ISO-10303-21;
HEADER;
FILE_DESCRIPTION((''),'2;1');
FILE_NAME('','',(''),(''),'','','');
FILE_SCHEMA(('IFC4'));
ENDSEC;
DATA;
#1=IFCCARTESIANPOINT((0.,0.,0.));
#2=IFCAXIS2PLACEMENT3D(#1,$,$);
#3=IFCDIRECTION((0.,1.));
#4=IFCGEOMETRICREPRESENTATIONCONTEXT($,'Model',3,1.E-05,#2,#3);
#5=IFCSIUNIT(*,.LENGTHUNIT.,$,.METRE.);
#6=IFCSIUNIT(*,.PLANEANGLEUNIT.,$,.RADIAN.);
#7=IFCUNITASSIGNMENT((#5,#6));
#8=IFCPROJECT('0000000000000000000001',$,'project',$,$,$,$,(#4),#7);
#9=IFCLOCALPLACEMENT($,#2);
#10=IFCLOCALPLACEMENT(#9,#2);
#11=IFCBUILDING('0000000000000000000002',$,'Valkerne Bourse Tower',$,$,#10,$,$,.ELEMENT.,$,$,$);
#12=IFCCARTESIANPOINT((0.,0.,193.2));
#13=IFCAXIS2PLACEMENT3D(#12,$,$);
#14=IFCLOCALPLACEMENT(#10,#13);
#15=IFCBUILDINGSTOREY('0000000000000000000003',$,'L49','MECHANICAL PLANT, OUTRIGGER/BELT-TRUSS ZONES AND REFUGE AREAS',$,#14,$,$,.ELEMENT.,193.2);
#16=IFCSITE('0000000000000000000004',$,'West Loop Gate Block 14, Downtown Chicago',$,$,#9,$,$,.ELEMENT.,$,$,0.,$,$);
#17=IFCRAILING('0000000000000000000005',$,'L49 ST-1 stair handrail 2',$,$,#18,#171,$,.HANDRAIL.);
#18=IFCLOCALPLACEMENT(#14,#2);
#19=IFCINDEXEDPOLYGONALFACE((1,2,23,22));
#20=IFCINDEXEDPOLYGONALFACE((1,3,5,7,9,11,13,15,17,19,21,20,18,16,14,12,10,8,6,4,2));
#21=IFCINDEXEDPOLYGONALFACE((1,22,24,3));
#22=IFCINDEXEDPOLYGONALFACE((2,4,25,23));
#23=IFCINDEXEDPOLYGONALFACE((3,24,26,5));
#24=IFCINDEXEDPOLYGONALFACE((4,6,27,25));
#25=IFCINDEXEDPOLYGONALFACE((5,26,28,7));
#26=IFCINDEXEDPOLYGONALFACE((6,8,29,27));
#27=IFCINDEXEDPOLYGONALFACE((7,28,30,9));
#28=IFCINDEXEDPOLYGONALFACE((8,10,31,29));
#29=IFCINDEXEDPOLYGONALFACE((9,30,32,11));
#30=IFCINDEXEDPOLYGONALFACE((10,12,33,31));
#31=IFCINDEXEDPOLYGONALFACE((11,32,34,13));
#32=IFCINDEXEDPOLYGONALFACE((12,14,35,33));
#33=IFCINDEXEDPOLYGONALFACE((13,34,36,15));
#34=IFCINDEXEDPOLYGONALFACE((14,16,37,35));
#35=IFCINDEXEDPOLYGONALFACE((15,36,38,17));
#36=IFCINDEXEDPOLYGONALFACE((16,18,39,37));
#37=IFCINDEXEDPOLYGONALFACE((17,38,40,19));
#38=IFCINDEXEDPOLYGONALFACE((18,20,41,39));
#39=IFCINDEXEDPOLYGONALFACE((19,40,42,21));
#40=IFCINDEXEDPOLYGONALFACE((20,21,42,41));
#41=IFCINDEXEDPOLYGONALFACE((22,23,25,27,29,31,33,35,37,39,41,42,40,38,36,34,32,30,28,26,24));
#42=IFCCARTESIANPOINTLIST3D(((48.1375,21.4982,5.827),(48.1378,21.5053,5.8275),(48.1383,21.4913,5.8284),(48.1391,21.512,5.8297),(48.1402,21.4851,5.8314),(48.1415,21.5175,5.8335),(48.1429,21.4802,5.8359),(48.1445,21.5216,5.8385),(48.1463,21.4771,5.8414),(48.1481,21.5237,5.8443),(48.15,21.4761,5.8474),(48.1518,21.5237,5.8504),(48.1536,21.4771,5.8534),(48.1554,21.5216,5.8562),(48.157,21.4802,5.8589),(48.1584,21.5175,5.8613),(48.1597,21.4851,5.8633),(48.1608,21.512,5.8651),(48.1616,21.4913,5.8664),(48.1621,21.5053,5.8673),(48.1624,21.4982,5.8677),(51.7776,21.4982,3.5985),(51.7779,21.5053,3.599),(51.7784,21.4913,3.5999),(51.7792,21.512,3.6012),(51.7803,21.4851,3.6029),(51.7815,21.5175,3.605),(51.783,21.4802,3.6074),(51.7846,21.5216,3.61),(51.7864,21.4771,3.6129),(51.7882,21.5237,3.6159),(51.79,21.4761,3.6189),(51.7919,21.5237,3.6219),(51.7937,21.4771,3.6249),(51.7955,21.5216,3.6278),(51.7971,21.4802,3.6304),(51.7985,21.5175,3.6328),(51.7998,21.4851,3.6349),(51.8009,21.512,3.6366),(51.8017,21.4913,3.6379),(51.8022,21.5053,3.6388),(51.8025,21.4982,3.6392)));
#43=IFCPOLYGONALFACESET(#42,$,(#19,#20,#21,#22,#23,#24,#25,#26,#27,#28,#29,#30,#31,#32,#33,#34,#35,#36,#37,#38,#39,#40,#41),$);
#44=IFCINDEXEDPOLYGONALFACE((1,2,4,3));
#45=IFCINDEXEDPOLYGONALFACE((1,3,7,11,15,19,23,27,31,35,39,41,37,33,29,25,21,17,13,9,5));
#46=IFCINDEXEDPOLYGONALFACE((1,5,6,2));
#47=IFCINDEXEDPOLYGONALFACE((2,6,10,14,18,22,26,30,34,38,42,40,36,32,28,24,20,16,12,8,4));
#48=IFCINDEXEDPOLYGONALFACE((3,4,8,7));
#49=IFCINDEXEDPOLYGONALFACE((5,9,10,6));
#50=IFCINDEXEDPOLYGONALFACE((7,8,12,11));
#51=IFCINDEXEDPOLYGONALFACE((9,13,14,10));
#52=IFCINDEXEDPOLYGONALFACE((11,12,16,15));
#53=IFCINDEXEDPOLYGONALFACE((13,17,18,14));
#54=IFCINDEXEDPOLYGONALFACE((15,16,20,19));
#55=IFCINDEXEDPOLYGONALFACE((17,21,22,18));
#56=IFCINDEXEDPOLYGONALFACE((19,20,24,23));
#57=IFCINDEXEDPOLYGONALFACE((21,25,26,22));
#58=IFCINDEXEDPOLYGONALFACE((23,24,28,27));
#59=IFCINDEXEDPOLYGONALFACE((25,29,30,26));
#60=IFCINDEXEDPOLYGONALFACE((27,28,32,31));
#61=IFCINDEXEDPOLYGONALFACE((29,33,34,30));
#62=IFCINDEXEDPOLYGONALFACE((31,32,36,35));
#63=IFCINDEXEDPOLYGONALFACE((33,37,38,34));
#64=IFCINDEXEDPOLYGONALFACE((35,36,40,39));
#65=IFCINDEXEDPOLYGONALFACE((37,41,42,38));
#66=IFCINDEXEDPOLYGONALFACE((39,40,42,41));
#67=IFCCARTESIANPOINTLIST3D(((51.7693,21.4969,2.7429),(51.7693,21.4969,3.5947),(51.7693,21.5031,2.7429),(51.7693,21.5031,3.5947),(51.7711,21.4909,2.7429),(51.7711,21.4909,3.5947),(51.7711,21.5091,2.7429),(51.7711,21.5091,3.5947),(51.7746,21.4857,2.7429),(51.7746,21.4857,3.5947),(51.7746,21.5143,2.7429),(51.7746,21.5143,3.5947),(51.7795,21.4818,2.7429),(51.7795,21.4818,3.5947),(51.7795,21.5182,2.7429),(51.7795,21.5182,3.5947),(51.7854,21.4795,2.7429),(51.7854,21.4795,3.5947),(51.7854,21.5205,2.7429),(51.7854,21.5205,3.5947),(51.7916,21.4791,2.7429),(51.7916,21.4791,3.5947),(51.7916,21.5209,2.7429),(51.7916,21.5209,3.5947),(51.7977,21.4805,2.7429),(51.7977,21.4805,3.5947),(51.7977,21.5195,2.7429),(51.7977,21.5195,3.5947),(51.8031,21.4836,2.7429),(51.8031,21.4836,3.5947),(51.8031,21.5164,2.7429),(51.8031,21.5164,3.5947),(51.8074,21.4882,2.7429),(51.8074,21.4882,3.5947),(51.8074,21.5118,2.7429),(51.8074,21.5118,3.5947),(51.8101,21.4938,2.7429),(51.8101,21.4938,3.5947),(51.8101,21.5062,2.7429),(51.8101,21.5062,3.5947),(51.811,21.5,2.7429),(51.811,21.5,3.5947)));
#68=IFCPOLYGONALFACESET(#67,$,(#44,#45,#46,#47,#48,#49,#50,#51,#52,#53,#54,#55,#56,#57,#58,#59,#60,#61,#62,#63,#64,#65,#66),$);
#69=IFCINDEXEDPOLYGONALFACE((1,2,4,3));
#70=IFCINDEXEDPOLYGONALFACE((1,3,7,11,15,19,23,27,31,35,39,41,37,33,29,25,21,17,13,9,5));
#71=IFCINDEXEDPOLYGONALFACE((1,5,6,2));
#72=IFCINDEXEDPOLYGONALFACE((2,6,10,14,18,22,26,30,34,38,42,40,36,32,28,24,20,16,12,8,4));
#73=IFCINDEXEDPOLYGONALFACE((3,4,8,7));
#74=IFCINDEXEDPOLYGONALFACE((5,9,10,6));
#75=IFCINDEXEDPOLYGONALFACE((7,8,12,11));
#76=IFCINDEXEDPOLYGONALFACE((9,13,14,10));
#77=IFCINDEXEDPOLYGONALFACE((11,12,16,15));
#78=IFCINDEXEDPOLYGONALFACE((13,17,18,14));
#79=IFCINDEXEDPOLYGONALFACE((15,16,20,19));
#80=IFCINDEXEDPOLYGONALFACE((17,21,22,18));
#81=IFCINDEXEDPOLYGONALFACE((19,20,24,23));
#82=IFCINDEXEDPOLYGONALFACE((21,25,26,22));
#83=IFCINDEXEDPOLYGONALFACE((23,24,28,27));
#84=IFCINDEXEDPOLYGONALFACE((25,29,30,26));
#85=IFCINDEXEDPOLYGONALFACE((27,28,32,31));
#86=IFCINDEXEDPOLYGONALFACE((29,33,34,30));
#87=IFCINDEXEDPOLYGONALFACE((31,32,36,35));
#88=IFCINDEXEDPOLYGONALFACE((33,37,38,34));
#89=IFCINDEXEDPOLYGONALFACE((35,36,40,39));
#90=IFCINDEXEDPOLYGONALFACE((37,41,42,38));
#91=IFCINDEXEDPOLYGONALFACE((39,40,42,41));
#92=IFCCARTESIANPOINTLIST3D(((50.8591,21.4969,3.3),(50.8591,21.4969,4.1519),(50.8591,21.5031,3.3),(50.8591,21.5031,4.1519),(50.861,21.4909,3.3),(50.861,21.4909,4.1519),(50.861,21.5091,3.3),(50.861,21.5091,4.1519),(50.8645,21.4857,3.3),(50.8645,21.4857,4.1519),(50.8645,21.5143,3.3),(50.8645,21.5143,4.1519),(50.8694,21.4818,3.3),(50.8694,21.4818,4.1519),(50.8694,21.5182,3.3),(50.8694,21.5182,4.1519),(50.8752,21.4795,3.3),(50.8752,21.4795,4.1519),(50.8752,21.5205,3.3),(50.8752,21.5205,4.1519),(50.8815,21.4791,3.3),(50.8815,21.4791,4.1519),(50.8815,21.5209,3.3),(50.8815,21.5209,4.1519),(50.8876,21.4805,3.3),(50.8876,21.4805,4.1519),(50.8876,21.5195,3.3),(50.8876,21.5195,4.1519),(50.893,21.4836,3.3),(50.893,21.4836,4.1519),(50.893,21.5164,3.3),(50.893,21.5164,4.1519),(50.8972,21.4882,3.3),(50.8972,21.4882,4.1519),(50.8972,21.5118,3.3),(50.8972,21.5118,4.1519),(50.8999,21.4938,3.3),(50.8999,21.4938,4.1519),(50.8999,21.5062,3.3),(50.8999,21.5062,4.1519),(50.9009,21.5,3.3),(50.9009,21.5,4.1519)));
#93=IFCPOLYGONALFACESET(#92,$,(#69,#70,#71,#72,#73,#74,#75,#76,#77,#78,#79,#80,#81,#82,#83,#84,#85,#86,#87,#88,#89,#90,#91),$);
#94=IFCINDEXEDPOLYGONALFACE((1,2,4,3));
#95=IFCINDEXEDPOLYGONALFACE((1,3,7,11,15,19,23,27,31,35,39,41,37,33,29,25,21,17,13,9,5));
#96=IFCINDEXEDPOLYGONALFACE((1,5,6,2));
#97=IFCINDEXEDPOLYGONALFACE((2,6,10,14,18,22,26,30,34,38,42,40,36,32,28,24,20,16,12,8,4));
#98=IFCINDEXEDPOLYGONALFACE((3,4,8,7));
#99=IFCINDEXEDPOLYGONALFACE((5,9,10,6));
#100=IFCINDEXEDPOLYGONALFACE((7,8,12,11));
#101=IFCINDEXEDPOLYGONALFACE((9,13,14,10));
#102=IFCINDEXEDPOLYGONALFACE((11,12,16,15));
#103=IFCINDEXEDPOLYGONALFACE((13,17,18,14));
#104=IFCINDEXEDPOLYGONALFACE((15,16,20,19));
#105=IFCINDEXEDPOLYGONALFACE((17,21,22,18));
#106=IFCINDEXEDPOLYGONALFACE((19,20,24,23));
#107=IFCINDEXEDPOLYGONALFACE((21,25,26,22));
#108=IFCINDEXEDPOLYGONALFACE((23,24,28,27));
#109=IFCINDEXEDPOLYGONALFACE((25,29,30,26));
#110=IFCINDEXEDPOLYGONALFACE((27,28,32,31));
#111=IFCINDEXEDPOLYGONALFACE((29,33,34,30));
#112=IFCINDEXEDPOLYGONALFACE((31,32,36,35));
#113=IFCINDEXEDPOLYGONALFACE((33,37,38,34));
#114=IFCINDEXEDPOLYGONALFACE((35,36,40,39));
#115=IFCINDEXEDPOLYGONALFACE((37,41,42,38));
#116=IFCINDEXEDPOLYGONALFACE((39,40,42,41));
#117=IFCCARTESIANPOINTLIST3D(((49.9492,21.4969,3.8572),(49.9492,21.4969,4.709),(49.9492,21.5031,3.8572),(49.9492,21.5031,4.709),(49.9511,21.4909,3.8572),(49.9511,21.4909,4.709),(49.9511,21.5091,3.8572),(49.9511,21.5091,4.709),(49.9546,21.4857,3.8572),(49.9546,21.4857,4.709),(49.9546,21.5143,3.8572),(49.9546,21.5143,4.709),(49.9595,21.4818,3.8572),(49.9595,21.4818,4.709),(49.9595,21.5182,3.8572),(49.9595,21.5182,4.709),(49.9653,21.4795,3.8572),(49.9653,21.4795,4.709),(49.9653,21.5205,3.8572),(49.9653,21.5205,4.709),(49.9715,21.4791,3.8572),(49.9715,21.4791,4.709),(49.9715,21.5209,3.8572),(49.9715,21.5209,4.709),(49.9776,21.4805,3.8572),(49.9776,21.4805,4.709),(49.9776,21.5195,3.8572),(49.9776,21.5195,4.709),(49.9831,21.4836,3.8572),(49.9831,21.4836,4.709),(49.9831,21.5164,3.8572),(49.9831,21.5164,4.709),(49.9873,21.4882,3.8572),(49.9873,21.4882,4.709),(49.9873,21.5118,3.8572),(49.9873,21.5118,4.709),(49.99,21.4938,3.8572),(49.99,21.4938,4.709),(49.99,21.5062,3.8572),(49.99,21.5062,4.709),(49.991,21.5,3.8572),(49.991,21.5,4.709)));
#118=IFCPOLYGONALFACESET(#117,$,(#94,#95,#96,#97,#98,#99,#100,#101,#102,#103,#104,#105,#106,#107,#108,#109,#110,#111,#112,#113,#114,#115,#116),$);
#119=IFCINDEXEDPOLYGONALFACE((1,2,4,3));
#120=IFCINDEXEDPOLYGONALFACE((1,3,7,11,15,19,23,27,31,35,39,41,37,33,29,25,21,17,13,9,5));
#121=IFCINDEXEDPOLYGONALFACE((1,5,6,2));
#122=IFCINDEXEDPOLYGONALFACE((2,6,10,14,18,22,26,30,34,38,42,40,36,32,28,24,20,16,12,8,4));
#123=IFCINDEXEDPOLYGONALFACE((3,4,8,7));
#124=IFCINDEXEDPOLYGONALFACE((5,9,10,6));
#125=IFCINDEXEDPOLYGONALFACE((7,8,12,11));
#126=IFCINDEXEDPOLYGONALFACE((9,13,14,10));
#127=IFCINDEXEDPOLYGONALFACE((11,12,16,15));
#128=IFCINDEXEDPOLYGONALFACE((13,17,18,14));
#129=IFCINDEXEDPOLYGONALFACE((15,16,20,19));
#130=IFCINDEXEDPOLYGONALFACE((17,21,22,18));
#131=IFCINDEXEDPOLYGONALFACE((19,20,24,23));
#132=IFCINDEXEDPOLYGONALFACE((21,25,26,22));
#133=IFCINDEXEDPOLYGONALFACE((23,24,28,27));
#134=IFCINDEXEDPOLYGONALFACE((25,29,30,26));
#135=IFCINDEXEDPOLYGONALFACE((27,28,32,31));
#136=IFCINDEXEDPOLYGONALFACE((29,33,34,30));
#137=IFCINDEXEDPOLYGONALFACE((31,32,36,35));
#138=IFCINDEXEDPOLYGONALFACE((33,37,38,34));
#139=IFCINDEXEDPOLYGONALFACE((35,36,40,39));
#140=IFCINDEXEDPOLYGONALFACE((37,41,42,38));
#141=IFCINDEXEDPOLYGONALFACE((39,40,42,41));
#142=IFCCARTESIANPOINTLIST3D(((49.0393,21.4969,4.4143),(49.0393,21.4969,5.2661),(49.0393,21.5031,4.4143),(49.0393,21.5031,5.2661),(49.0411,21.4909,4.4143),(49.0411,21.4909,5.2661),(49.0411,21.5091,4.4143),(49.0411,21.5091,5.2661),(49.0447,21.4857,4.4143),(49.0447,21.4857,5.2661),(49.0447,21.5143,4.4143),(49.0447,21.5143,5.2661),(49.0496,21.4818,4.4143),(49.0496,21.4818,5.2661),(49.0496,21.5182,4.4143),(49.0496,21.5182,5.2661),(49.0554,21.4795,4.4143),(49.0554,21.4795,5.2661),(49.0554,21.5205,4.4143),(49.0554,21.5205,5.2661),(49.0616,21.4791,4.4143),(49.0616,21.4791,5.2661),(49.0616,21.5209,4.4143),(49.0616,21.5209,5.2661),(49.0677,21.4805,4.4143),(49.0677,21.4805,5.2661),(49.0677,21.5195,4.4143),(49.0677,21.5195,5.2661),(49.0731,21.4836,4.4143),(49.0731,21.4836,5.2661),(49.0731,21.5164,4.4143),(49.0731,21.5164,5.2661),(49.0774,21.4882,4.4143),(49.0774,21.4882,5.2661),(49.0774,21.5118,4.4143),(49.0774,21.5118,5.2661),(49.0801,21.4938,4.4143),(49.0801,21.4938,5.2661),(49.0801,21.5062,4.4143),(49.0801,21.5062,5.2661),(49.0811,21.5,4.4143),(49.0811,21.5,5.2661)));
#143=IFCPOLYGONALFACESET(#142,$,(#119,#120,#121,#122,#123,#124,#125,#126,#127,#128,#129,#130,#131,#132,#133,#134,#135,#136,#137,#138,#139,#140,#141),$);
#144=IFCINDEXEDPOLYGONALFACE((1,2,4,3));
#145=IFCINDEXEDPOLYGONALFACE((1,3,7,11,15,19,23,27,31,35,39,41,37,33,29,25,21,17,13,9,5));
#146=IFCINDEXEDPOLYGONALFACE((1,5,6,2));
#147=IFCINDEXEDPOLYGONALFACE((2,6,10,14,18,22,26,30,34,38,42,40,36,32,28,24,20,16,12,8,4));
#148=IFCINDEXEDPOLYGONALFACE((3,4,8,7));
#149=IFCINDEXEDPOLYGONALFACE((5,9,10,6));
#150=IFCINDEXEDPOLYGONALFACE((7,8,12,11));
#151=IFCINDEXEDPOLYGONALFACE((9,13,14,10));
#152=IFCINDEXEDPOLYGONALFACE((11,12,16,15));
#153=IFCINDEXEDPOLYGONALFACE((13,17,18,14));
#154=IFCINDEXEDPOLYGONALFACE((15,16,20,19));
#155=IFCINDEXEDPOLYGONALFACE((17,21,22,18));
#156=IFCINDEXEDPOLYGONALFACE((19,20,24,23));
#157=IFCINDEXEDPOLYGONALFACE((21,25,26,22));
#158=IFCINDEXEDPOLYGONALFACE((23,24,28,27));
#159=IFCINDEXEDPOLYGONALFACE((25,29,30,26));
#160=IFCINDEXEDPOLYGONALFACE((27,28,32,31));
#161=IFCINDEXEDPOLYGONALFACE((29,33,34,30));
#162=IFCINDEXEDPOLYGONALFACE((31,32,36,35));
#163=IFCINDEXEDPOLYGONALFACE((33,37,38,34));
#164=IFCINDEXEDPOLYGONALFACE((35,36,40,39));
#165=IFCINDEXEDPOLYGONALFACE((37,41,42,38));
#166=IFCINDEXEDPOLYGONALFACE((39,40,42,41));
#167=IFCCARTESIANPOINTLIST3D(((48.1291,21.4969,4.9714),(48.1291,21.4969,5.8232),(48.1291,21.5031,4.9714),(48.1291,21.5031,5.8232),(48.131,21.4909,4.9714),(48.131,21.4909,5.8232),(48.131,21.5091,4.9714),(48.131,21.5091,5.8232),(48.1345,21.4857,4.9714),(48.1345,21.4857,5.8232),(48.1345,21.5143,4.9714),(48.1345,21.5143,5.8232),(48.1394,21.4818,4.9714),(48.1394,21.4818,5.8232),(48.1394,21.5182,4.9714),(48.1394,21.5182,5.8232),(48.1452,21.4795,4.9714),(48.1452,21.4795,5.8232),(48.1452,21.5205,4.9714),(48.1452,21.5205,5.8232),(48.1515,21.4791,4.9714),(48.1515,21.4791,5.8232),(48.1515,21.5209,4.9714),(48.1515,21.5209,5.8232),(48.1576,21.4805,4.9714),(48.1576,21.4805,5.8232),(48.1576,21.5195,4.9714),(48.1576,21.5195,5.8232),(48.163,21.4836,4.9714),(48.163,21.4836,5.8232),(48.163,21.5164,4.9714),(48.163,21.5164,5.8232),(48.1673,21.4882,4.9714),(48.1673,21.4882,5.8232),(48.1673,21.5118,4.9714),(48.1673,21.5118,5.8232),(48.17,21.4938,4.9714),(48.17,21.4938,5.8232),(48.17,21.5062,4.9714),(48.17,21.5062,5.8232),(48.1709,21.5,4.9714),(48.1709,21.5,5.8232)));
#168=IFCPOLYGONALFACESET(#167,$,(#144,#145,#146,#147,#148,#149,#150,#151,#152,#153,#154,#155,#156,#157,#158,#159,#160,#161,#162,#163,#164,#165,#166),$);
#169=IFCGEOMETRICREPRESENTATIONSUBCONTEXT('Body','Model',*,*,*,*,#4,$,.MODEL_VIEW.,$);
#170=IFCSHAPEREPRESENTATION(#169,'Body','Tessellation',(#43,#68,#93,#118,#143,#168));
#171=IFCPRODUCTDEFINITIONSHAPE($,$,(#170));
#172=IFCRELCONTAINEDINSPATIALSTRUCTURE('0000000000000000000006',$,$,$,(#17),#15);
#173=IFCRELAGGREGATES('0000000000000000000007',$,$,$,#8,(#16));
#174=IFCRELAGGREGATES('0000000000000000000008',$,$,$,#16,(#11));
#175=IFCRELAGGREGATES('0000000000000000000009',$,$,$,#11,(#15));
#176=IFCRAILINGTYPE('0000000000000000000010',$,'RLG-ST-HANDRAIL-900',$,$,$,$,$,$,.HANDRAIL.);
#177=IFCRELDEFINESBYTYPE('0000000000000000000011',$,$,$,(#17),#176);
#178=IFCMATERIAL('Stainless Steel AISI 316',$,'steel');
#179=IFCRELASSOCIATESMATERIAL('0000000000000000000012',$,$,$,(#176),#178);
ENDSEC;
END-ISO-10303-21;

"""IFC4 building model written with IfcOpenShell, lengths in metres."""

from ifc_helpers import new_model, si_unit, direction, frame, origin, origin_2d, place, context, subcontext, project, spatial, circle, extrude, material, type_object, element, save


model = new_model("IFC4")

# Units and contexts
model_context = context("Model", 3, precision=1e-05, world=origin(), true_north=direction((0.0, 1.0)))
body_context = subcontext(model_context, "Body", "Model", "MODEL_VIEW")
ifc_project = project(units=[si_unit("LENGTHUNIT", "METRE"), si_unit("PLANEANGLEUNIT", "RADIAN")], contexts=[model_context])

# Site, building, storey
site_placement = place(None, origin())
site = spatial("IfcSite", under=ifc_project, at=site_placement, Name="West Loop Gate Block 14, Downtown Chicago", CompositionType="ELEMENT", RefElevation=0.0)
building_placement = place(site_placement, origin())
building = spatial("IfcBuilding", under=site, at=building_placement, Name="Valkerne Bourse Tower", CompositionType="ELEMENT")
storey_placement = place(building_placement, frame((0.0, 0.0, 193.2)))
storey = spatial("IfcBuildingStorey", under=building, at=storey_placement, Name="L49", Description="MECHANICAL PLANT, OUTRIGGER/BELT-TRUSS ZONES AND REFUGE AREAS", CompositionType="ELEMENT", Elevation=193.2)

# Shared definitions
ifc_material_1 = material(Name="Stainless Steel AISI 316", Category="steel")

# Railing
railing_type_1 = type_object("IfcRailingType", Name="RLG-ST-HANDRAIL-900", PredefinedType="HANDRAIL", material=ifc_material_1)
railing_1_placement = place(storey_placement, frame((51.79, 21.5, 2.7429)))
element("IfcRailing", 1, at=railing_1_placement, inside=storey, type_object=railing_type_1, Name="L49 ST-1 stair handrail 2", PredefinedType="HANDRAIL", context=body_context, shape_type="SweptSolid", body=[
    extrude(circle(Radius=0.0239, at=origin_2d()), frame((0.0, 0.0, 0.876), z_axis=(-0.852866, 0.0, 0.52213), x_axis=(0.0, -1.0, 0.0)), (0.0, 0.0, 1.0), 4.2681),
    extrude(circle(Radius=0.021, at=origin_2d()), origin(), (0.0, 0.0, 1.0), 0.8518),
    extrude(circle(Radius=0.021, at=origin_2d()), frame((-0.9102, 0.0, 0.5571)), (0.0, 0.0, 1.0), 0.8518),
    extrude(circle(Radius=0.021, at=origin_2d()), frame((-1.8201, 0.0, 1.1143)), (0.0, 0.0, 1.0), 0.8518),
    extrude(circle(Radius=0.021, at=origin_2d()), frame((-2.73, 0.0, 1.6714)), (0.0, 0.0, 1.0), 0.8518),
    extrude(circle(Radius=0.021, at=origin_2d()), frame((-3.6401, 0.0, 2.2285)), (0.0, 0.0, 1.0), 0.8518),
])

save(model, "model.ifc")
